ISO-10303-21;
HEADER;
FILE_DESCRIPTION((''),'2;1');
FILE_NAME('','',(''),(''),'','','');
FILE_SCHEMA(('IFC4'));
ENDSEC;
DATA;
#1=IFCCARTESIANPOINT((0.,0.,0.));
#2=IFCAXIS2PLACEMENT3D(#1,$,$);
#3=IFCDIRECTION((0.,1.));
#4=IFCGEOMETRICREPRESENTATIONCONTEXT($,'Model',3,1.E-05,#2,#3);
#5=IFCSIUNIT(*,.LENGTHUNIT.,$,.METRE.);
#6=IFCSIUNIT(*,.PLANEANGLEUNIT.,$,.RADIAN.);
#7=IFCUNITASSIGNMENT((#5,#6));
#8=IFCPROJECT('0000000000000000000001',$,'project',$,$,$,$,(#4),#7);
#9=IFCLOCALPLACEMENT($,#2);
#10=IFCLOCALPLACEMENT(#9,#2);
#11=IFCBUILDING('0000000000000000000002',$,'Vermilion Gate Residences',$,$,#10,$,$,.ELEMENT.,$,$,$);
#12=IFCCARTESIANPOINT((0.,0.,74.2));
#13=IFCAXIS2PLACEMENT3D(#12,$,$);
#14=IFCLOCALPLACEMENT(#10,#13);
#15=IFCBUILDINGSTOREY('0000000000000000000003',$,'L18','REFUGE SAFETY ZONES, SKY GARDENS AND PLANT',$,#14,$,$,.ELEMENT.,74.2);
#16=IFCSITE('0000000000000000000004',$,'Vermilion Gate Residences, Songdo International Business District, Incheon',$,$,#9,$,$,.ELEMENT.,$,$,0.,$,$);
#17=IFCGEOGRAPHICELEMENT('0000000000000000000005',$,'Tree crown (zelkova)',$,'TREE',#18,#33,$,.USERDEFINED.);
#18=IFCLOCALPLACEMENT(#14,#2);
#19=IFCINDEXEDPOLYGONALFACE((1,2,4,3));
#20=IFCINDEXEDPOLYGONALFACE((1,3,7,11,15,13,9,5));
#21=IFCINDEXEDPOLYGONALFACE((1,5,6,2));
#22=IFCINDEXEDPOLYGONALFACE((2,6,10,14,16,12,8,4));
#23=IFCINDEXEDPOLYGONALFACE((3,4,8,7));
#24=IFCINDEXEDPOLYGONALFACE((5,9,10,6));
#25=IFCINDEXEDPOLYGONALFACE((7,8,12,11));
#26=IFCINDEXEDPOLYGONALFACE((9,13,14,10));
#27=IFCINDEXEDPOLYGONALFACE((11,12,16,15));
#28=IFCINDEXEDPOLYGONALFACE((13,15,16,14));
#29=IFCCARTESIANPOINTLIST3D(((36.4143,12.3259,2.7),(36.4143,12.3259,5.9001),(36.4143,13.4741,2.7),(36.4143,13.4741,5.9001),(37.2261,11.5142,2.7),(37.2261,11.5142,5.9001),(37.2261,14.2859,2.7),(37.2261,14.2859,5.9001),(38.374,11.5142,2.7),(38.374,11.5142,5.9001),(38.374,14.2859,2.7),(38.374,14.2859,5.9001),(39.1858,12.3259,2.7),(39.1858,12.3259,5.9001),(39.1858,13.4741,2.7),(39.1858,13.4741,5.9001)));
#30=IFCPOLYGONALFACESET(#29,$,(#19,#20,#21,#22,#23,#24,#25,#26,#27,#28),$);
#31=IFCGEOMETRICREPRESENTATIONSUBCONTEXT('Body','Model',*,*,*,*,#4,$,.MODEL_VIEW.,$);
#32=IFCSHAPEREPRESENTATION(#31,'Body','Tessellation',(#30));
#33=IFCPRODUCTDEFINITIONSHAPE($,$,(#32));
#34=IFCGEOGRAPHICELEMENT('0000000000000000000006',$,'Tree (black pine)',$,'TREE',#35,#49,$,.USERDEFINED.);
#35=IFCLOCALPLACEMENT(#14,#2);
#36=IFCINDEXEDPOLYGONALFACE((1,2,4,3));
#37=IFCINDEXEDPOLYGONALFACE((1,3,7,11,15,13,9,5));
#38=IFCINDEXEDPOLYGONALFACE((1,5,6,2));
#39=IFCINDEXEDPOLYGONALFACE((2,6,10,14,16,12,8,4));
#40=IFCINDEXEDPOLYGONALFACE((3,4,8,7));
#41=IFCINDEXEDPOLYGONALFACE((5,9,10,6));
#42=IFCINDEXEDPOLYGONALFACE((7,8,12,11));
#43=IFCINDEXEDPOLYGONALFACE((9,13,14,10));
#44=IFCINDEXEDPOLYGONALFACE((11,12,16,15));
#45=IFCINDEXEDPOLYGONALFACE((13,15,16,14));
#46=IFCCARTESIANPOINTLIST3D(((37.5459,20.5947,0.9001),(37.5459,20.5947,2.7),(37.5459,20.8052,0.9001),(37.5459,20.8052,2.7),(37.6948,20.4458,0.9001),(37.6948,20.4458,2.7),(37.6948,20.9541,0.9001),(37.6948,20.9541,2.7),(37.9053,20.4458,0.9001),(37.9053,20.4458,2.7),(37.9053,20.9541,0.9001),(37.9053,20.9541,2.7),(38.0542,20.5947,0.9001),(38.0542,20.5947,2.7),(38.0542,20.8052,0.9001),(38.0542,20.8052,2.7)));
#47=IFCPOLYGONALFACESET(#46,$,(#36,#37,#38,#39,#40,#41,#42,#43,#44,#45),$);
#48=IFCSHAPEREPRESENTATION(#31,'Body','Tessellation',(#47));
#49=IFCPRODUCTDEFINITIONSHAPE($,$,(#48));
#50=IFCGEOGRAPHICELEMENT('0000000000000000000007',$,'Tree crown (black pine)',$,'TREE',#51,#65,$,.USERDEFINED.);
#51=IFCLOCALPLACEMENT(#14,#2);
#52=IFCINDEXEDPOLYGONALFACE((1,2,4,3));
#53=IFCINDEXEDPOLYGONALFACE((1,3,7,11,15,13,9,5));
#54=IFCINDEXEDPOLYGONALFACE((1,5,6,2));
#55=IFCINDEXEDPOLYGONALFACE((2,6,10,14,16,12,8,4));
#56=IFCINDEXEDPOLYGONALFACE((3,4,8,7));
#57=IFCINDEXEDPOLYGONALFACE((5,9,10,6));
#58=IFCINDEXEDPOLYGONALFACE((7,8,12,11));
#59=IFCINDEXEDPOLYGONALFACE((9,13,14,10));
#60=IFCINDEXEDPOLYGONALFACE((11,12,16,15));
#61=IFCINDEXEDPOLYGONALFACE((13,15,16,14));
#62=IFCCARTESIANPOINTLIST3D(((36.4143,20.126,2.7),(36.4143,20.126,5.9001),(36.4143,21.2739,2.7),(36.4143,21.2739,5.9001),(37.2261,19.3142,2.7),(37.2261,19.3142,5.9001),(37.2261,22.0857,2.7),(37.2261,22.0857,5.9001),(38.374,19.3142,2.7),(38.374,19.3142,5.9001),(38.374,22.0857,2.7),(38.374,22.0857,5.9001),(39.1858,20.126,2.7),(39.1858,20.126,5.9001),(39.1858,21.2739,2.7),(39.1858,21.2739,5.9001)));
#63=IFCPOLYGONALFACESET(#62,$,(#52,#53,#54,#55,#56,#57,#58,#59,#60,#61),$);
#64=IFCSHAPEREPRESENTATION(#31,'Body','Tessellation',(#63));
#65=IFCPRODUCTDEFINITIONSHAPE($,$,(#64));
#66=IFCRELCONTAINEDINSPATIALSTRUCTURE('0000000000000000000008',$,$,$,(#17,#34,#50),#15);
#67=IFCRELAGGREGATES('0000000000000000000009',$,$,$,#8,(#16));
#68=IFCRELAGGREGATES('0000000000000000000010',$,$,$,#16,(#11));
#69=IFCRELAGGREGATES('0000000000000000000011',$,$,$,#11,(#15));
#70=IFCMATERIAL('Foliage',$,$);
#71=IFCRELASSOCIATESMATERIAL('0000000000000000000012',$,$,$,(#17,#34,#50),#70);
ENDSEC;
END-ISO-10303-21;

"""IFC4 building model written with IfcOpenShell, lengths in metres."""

from ifc_helpers import new_model, si_unit, direction, frame, origin, place, context, subcontext, project, spatial, polyline, outline, extrude, material, element, save


model = new_model("IFC4")

# Units and contexts
model_context = context("Model", 3, precision=1e-05, world=origin(), true_north=direction((0.0, 1.0)))
body_context = subcontext(model_context, "Body", "Model", "MODEL_VIEW")
ifc_project = project(units=[si_unit("LENGTHUNIT", "METRE"), si_unit("PLANEANGLEUNIT", "RADIAN")], contexts=[model_context])

# Site, building, storey
site_placement = place(None, origin())
site = spatial("IfcSite", under=ifc_project, at=site_placement, Name="Vermilion Gate Residences, Songdo International Business District, Incheon", CompositionType="ELEMENT", RefElevation=0.0)
building_placement = place(site_placement, origin())
building = spatial("IfcBuilding", under=site, at=building_placement, Name="Vermilion Gate Residences", CompositionType="ELEMENT")
storey_placement = place(building_placement, frame((0.0, 0.0, 74.2)))
storey = spatial("IfcBuildingStorey", under=building, at=storey_placement, Name="L18", Description="REFUGE SAFETY ZONES, SKY GARDENS AND PLANT", CompositionType="ELEMENT", Elevation=74.2)

# Geographic elements
ifc_material = material(Name="Foliage")
geographic_element_1_placement = place(storey_placement, frame((0.0, 0.0, 2.7)))
element("IfcGeographicElement", 1, at=geographic_element_1_placement, inside=storey, material=ifc_material, Name="Tree crown (zelkova)", ObjectType="TREE", PredefinedType="USERDEFINED", context=body_context, shape_type="SweptSolid", body=[
    extrude(outline(polyline([(39.1858, 13.4741), (38.374, 14.2859), (37.2261, 14.2859), (36.4143, 13.4741), (36.4143, 12.3259), (37.2261, 11.5142), (38.374, 11.5142), (39.1858, 12.3259), (39.1858, 13.4741)])), origin(), (0.0, 0.0, 1.0), 3.2002),
])
geographic_element_2_placement = place(storey_placement, frame((0.0, 0.0, 0.9001)))
element("IfcGeographicElement", 2, at=geographic_element_2_placement, inside=storey, material=ifc_material, Name="Tree (black pine)", ObjectType="TREE", PredefinedType="USERDEFINED", context=body_context, shape_type="SweptSolid", body=[
    extrude(outline(polyline([(38.0542, 20.8052), (37.9053, 20.9541), (37.6948, 20.9541), (37.5459, 20.8052), (37.5459, 20.5947), (37.6948, 20.4458), (37.9053, 20.4458), (38.0542, 20.5947), (38.0542, 20.8052)])), origin(), (0.0, 0.0, 1.0), 1.7998),
])
geographic_element_3_placement = place(storey_placement, frame((0.0, 0.0, 2.7)))
element("IfcGeographicElement", 3, at=geographic_element_3_placement, inside=storey, material=ifc_material, Name="Tree crown (black pine)", ObjectType="TREE", PredefinedType="USERDEFINED", context=body_context, shape_type="SweptSolid", body=[
    extrude(outline(polyline([(39.1858, 21.2739), (38.374, 22.0857), (37.2261, 22.0857), (36.4143, 21.2739), (36.4143, 20.126), (37.2261, 19.3142), (38.374, 19.3142), (39.1858, 20.126), (39.1858, 21.2739)])), origin(), (0.0, 0.0, 1.0), 3.2002),
])

save(model, "model.ifc")
